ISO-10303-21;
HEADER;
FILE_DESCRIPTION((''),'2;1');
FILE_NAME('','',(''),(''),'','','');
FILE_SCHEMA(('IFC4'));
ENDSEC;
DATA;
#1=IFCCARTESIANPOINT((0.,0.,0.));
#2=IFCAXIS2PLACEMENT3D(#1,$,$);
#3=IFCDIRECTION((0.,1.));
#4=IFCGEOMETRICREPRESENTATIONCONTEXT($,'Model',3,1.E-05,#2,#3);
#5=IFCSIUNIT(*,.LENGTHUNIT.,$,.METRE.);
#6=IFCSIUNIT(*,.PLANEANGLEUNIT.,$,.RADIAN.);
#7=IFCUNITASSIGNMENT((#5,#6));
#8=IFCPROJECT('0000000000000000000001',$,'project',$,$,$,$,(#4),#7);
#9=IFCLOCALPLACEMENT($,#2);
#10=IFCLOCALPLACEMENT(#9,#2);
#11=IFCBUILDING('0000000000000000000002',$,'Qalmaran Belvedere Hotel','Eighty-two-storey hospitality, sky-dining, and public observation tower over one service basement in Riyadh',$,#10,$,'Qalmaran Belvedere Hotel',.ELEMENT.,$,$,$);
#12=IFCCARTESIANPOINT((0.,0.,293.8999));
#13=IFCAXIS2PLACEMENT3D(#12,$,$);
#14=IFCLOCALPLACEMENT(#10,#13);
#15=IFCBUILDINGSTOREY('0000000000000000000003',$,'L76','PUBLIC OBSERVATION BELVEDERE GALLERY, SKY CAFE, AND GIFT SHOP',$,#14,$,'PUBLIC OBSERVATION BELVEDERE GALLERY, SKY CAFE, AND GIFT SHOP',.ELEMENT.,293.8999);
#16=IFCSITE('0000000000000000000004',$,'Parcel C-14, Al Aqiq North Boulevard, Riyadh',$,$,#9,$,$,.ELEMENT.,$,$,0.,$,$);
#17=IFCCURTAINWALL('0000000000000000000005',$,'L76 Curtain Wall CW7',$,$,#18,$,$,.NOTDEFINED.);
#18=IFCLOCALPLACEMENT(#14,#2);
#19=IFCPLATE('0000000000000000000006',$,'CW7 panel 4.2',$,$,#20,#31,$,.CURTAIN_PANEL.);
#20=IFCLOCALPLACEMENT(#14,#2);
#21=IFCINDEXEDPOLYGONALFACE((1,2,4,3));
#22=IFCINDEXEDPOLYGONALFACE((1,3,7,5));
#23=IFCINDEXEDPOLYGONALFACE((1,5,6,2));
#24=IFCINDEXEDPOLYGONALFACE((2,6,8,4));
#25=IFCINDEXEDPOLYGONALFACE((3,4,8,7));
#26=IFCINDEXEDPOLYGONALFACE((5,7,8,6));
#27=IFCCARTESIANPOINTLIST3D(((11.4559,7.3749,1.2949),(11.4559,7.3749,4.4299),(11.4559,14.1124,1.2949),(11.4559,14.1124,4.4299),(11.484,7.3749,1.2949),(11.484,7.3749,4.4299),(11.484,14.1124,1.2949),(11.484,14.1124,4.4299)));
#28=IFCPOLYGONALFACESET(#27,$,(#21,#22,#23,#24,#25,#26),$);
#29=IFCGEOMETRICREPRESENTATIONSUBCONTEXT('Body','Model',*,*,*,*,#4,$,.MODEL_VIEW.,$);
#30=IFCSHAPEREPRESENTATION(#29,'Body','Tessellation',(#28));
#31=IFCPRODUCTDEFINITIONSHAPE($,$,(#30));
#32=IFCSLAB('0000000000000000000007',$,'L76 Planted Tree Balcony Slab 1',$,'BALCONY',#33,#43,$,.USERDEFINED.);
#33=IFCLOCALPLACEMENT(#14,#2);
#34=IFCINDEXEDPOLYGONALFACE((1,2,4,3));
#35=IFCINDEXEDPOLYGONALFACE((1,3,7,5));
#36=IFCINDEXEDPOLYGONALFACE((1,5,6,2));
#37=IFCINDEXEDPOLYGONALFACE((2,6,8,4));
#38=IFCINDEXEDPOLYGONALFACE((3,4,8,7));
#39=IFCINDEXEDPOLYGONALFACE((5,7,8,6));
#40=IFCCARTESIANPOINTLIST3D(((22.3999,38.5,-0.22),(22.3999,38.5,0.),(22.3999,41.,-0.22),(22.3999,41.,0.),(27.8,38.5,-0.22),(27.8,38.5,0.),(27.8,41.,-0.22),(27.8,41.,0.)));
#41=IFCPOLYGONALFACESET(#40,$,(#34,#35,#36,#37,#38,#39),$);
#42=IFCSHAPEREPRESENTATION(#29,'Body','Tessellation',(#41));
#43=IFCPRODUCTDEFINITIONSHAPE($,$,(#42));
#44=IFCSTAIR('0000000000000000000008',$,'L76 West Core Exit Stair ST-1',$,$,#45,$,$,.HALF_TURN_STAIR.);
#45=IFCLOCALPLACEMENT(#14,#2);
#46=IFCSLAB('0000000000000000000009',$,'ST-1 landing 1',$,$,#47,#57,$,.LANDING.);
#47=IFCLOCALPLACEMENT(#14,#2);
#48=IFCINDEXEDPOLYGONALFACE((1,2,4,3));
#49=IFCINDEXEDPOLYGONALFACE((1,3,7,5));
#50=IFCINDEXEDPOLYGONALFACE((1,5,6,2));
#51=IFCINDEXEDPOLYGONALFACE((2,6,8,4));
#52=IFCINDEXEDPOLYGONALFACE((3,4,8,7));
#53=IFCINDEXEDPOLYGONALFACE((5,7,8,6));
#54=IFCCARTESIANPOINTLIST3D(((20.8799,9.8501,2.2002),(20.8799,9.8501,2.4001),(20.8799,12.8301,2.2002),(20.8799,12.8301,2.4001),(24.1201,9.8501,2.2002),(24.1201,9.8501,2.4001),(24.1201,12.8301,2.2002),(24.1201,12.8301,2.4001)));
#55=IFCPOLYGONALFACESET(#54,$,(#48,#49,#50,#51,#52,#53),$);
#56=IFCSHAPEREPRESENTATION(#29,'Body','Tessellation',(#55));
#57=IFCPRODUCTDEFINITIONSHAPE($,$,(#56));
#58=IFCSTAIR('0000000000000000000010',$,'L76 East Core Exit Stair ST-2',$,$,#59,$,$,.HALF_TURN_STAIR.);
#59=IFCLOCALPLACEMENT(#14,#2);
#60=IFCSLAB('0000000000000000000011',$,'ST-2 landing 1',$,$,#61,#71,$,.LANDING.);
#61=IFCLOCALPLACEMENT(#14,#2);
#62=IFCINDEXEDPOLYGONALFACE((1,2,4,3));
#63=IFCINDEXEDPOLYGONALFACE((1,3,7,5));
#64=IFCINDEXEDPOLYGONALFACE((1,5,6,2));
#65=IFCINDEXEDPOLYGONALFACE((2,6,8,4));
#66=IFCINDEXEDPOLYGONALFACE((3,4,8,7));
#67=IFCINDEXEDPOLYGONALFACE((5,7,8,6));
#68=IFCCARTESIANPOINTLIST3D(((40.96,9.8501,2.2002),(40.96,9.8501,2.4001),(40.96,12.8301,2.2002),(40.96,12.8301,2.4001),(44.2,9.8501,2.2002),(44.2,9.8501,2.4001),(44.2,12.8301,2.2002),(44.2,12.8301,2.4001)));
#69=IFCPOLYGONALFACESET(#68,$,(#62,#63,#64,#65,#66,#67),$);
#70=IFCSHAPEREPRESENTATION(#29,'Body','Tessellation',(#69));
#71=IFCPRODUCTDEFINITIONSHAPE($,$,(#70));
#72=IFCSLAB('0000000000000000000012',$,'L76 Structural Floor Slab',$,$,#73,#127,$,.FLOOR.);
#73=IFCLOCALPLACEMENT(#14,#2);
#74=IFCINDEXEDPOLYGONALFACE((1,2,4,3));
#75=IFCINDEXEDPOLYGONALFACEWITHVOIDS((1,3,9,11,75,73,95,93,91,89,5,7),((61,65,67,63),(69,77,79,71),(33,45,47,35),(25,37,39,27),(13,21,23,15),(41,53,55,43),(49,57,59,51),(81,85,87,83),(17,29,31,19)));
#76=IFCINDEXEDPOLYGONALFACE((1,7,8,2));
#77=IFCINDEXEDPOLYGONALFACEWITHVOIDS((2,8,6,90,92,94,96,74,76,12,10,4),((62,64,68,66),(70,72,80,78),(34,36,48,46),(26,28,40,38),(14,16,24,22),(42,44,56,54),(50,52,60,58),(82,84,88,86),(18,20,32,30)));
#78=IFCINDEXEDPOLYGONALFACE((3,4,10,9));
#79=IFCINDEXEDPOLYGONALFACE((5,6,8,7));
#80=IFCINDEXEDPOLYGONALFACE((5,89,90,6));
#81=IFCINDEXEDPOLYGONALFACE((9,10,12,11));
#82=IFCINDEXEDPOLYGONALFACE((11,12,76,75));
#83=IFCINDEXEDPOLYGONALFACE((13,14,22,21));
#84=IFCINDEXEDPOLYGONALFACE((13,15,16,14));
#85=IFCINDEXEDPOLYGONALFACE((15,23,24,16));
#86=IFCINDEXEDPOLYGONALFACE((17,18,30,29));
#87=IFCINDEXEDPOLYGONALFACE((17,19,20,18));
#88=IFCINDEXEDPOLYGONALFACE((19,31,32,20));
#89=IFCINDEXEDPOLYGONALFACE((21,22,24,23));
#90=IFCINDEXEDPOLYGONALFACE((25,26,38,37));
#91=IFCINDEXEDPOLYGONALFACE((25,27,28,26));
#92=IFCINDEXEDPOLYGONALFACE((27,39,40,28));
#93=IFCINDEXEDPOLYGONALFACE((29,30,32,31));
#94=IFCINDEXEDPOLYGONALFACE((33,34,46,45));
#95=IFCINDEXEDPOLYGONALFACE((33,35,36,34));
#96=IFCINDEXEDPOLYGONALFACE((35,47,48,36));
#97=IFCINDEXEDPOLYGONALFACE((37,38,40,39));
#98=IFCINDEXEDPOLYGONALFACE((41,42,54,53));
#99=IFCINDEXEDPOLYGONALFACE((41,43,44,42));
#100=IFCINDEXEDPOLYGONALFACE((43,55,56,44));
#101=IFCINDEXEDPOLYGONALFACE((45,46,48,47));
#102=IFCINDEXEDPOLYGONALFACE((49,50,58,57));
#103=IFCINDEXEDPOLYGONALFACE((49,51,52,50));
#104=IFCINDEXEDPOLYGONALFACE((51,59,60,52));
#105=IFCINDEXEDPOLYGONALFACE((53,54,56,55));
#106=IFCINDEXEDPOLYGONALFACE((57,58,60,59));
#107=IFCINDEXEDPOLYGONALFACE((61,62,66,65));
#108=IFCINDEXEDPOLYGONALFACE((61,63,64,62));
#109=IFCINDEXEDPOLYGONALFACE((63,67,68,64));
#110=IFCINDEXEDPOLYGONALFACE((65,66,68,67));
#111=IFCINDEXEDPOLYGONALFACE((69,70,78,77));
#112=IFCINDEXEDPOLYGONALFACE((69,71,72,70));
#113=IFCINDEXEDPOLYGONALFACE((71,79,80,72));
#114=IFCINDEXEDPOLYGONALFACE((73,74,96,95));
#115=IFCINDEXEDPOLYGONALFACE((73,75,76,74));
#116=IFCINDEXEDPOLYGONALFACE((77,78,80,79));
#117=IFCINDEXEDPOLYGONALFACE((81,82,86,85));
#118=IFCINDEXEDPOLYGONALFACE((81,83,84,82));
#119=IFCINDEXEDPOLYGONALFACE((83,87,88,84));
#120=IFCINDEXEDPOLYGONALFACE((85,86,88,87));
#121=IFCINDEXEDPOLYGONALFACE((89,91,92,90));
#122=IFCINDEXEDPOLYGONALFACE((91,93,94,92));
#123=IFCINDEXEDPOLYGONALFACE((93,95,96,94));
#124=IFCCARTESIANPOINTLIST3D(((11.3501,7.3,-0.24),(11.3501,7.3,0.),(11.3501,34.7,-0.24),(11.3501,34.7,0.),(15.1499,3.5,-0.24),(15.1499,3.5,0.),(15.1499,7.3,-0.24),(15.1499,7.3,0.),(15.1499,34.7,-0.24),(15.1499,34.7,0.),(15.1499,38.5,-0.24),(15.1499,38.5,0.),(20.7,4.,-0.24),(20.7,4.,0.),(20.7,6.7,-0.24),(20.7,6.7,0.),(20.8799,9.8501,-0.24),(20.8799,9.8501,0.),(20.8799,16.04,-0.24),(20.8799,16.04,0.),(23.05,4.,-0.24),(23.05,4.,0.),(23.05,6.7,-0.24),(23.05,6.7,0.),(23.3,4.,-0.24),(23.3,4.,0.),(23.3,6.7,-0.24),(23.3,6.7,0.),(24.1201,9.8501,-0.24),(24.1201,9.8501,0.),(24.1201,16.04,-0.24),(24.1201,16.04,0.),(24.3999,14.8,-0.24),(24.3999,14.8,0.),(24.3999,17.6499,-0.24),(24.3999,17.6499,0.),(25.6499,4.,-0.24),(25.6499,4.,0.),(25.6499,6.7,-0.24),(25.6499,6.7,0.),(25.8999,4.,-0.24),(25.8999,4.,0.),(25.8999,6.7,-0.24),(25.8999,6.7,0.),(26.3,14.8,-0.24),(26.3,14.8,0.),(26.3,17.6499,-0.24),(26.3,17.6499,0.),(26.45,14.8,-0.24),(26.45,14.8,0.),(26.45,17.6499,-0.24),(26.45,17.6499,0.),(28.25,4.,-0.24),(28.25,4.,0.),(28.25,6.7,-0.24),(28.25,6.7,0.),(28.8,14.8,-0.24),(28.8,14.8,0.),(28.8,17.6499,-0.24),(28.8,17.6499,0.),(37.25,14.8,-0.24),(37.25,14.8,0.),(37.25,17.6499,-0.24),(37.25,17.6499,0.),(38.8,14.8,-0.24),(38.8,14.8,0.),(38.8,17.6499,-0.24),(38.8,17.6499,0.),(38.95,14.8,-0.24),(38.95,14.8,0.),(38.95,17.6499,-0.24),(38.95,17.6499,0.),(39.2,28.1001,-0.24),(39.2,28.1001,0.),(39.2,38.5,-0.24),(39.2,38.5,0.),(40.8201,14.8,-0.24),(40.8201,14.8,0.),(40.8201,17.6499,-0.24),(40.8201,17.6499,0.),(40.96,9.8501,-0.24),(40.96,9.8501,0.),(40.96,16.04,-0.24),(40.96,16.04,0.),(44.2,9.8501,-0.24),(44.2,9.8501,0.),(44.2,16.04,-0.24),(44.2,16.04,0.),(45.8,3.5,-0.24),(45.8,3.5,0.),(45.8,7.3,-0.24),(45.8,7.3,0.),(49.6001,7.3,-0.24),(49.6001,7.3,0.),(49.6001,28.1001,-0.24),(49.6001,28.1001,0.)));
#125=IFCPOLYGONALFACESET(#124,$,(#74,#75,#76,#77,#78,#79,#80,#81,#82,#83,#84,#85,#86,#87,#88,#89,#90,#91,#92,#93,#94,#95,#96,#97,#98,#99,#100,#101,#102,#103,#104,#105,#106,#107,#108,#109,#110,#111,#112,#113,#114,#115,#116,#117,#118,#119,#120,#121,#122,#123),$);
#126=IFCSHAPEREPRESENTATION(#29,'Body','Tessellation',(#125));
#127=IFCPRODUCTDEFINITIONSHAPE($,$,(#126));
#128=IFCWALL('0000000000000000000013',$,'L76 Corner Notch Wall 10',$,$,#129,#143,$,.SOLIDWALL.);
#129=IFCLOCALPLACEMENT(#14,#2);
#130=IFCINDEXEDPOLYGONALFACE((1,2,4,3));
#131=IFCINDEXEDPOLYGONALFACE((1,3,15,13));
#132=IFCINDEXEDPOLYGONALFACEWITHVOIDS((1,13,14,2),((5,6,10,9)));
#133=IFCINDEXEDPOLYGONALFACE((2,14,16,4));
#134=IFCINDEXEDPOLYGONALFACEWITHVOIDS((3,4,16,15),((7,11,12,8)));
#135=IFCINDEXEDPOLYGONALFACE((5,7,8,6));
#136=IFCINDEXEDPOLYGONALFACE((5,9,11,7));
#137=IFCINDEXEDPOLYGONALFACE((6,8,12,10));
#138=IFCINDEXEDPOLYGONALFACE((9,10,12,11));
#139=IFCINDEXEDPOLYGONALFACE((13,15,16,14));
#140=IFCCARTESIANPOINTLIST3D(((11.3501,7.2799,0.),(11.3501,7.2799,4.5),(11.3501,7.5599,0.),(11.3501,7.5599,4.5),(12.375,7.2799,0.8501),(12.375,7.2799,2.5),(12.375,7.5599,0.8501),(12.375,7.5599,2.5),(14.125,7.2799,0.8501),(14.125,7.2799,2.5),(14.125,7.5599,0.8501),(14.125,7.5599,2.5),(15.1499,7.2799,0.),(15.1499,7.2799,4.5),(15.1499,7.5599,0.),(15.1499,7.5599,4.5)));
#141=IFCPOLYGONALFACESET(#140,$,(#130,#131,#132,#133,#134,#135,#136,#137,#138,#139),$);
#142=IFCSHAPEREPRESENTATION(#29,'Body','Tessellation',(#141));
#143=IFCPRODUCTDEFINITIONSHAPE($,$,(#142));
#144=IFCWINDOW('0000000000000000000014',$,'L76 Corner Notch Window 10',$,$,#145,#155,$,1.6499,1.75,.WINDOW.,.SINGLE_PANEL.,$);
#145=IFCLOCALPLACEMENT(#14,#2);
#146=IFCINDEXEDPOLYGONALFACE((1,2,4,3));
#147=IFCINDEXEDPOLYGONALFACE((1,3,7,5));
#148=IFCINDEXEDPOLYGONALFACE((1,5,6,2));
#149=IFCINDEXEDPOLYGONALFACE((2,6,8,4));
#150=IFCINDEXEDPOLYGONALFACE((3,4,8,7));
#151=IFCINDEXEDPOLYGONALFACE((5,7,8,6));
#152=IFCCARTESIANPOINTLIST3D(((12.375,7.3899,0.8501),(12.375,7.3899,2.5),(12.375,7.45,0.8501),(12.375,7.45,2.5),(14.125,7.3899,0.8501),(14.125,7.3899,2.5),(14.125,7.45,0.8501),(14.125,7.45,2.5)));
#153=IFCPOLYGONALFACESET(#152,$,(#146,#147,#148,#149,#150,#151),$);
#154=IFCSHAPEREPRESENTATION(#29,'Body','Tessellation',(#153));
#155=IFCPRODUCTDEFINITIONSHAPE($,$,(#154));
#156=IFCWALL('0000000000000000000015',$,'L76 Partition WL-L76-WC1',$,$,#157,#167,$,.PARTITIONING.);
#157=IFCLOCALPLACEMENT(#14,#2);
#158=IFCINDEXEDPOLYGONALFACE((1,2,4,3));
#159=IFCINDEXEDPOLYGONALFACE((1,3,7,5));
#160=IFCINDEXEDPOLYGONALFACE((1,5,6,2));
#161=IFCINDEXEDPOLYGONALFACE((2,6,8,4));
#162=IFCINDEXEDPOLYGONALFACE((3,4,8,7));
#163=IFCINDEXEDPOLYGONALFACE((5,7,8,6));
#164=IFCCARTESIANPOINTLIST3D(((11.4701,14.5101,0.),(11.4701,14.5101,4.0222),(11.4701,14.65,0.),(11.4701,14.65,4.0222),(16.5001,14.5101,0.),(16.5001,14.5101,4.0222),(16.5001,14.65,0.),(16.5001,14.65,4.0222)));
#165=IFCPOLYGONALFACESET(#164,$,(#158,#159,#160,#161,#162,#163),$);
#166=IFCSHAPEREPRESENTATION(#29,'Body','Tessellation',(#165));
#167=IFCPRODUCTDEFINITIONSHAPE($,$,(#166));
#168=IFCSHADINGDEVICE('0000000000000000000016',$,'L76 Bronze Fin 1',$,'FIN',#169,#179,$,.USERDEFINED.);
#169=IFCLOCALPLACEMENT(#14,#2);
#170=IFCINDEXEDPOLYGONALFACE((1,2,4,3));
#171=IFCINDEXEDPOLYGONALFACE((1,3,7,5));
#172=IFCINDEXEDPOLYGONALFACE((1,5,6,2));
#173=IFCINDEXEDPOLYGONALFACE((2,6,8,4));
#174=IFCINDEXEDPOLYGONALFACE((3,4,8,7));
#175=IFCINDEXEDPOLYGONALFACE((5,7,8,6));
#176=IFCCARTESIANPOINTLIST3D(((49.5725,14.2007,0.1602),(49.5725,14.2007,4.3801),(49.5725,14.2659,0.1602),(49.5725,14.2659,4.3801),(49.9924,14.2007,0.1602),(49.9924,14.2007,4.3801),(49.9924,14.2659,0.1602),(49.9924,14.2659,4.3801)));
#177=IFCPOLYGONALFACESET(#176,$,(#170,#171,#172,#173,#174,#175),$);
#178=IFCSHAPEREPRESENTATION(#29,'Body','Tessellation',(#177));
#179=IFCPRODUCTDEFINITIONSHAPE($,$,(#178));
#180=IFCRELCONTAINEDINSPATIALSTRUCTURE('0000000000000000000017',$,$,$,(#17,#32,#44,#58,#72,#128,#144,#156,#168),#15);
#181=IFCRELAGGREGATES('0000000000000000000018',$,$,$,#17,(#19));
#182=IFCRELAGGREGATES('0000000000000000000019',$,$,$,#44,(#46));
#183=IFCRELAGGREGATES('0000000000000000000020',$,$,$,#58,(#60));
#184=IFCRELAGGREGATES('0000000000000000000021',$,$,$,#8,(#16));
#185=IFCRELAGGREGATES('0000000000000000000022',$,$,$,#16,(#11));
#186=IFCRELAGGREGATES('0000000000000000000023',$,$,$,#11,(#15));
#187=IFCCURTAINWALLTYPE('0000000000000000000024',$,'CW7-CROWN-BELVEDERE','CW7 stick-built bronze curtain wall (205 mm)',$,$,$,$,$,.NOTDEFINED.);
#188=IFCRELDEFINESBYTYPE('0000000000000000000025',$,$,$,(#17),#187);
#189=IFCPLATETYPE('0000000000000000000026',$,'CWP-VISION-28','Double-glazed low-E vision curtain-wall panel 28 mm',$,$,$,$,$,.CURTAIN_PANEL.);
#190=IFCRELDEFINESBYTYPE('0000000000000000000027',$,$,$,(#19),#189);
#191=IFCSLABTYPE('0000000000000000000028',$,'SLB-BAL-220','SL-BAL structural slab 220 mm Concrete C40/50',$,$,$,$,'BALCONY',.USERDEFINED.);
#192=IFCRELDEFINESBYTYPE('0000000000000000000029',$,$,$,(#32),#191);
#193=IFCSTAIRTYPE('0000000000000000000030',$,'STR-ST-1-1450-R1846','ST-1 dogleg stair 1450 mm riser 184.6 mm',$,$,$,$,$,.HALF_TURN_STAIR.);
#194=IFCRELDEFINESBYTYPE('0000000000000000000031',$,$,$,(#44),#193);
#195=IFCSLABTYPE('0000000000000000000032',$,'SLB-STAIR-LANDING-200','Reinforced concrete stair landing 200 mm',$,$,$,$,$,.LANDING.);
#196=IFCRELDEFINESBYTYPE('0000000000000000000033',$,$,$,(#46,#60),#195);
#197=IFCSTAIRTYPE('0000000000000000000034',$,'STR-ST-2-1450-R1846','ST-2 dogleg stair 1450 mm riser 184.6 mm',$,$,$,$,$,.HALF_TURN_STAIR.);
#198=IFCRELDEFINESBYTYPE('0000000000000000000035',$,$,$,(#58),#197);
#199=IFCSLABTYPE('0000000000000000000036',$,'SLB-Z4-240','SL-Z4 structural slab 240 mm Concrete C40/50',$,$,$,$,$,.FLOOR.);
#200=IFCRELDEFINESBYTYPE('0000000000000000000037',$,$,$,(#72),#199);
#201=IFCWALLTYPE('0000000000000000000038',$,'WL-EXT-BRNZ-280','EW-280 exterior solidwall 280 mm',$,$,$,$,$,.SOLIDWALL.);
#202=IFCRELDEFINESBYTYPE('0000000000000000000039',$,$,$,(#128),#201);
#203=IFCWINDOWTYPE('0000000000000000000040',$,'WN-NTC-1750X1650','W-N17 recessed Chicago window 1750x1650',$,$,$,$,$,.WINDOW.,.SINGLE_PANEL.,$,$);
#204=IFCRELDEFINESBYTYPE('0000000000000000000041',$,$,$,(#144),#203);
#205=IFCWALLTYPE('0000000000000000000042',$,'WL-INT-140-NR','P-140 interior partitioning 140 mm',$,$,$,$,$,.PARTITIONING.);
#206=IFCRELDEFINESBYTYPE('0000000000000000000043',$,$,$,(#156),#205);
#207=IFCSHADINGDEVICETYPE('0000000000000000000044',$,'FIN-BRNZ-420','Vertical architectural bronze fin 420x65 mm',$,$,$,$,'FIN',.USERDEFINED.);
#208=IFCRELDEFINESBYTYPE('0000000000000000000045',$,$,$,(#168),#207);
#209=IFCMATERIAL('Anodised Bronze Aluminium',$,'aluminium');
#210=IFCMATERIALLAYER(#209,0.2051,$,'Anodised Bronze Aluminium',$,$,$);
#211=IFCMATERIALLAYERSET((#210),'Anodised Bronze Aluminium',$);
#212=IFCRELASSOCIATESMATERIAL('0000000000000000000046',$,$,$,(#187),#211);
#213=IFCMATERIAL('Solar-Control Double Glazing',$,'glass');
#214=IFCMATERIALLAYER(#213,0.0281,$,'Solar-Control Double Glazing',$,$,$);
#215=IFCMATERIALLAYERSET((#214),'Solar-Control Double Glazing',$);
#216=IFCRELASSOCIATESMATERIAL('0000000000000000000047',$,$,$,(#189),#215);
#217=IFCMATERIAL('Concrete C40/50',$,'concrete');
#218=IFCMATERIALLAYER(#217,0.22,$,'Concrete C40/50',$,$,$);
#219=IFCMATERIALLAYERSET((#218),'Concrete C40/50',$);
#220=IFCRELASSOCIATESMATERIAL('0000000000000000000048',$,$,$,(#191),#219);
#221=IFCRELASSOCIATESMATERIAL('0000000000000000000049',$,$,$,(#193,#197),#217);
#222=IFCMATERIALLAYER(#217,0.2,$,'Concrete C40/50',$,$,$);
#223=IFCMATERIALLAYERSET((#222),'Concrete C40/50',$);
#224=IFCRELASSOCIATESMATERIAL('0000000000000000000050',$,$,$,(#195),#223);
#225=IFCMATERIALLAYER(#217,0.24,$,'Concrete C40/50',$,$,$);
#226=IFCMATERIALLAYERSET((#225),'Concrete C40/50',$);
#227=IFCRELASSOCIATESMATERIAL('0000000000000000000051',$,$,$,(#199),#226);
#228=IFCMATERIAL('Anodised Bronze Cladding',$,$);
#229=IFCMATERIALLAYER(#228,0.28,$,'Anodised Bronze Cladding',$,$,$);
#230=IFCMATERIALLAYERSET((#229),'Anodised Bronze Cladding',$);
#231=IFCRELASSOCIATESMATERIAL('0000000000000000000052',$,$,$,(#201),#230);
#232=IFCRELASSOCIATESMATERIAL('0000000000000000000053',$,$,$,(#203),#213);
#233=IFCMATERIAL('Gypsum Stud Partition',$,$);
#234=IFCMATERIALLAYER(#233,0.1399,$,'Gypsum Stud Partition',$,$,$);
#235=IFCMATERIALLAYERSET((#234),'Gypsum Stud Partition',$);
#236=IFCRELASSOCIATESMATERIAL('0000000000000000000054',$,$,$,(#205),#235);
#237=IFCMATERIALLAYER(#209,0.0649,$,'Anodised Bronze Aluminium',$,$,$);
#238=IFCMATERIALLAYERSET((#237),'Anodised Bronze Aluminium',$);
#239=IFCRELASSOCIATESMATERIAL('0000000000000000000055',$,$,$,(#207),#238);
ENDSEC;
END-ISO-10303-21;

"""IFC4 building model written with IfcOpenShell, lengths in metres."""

from ifc_helpers import new_model, si_unit, direction, frame, frame_2d, origin, origin_2d, place, context, subcontext, project, spatial, polyline, rectangle, outline, extrude, material, layer, layer_set, type_object, element, fill, aggregate, save


model = new_model("IFC4")

# Units and contexts
model_context = context("Model", 3, precision=1e-05, world=origin(), true_north=direction((0.0, 1.0)))
body_context = subcontext(model_context, "Body", "Model", "MODEL_VIEW")
ifc_project = project(units=[si_unit("LENGTHUNIT", "METRE"), si_unit("PLANEANGLEUNIT", "RADIAN")], contexts=[model_context])

# Site, building, storey
site_placement = place(None, origin())
site = spatial("IfcSite", under=ifc_project, at=site_placement, Name="Parcel C-14, Al Aqiq North Boulevard, Riyadh", CompositionType="ELEMENT", RefElevation=0.0)
building_placement = place(site_placement, origin())
building = spatial("IfcBuilding", under=site, at=building_placement, Name="Qalmaran Belvedere Hotel", Description="Eighty-two-storey hospitality, sky-dining, and public observation tower over one service basement in Riyadh", LongName="Qalmaran Belvedere Hotel", CompositionType="ELEMENT")
storey_placement = place(building_placement, frame((0.0, 0.0, 293.8999)))
storey = spatial("IfcBuildingStorey", under=building, at=storey_placement, Name="L76", Description="PUBLIC OBSERVATION BELVEDERE GALLERY, SKY CAFE, AND GIFT SHOP", LongName="PUBLIC OBSERVATION BELVEDERE GALLERY, SKY CAFE, AND GIFT SHOP", CompositionType="ELEMENT", Elevation=293.8999)

# Shared definitions
ifc_material_1 = material(Name="Anodised Bronze Aluminium", Category="aluminium")
ifc_layer_1 = layer(ifc_material_1, 0.2051, Name="Anodised Bronze Aluminium")
ifc_layer_set_1 = layer_set([ifc_layer_1], Name="Anodised Bronze Aluminium")
curtain_wall_type = type_object("IfcCurtainWallType", Name="CW7-CROWN-BELVEDERE", Description="CW7 stick-built bronze curtain wall (205 mm)", PredefinedType="NOTDEFINED", material=ifc_layer_set_1)

# Curtain wall
curtain_wall_1_placement = place(storey_placement, origin())
curtain_wall_1 = element("IfcCurtainWall", 1, at=curtain_wall_1_placement, inside=storey, type_object=curtain_wall_type, Name="L76 Curtain Wall CW7", PredefinedType="NOTDEFINED")

# Plate
ifc_material_2 = material(Name="Solar-Control Double Glazing", Category="glass")
ifc_layer_2 = layer(ifc_material_2, 0.0281, Name="Solar-Control Double Glazing")
ifc_layer_set_2 = layer_set([ifc_layer_2], Name="Solar-Control Double Glazing")
plate_type_1 = type_object("IfcPlateType", Name="CWP-VISION-28", Description="Double-glazed low-E vision curtain-wall panel 28 mm", PredefinedType="CURTAIN_PANEL", material=ifc_layer_set_2)
plate_1_placement = place(storey_placement, frame((11.47, 10.7437, 1.2949), z_axis=(0.0, 0.0, 1.0), x_axis=(0.0, -1.0, 0.0)))
plate_1 = element("IfcPlate", 2, at=plate_1_placement, type_object=plate_type_1, Name="CW7 panel 4.2", PredefinedType="CURTAIN_PANEL", context=body_context, shape_type="SweptSolid", body=[
    extrude(rectangle(XDim=6.7375, YDim=0.0281, at=origin_2d()), origin(), (0.0, 0.0, 1.0), 3.135),
])
aggregate(curtain_wall_1, [plate_1])

# Slab
ifc_material_3 = material(Name="Concrete C40/50", Category="concrete")
ifc_layer_3 = layer(ifc_material_3, 0.22, Name="Concrete C40/50")
ifc_layer_set_3 = layer_set([ifc_layer_3], Name="Concrete C40/50")
slab_type_1 = type_object("IfcSlabType", Name="SLB-BAL-220", Description="SL-BAL structural slab 220 mm Concrete C40/50", ElementType="BALCONY", PredefinedType="USERDEFINED", material=ifc_layer_set_3)
slab_1_placement = place(storey_placement, frame((0.0, 0.0, -0.22)))
element("IfcSlab", 3, at=slab_1_placement, inside=storey, type_object=slab_type_1, Name="L76 Planted Tree Balcony Slab 1", ObjectType="BALCONY", PredefinedType="USERDEFINED", context=body_context, shape_type="SweptSolid", body=[
    extrude(outline(polyline([(22.3999, 38.5), (27.8, 38.5), (27.8, 41.0), (22.3999, 41.0), (22.3999, 38.5)])), origin(), (0.0, 0.0, 1.0), 0.22),
])

# Stairs, slabs
stair_type_1 = type_object("IfcStairType", Name="STR-ST-1-1450-R1846", Description="ST-1 dogleg stair 1450 mm riser 184.6 mm", PredefinedType="HALF_TURN_STAIR", material=ifc_material_3)
stair_1_placement = place(storey_placement, origin())
stair_1 = element("IfcStair", 4, at=stair_1_placement, inside=storey, type_object=stair_type_1, Name="L76 West Core Exit Stair ST-1", PredefinedType="HALF_TURN_STAIR")
ifc_layer_4 = layer(ifc_material_3, 0.2, Name="Concrete C40/50")
ifc_layer_set_4 = layer_set([ifc_layer_4], Name="Concrete C40/50")
slab_type_2 = type_object("IfcSlabType", Name="SLB-STAIR-LANDING-200", Description="Reinforced concrete stair landing 200 mm", PredefinedType="LANDING", material=ifc_layer_set_4)
slab_2_placement = place(storey_placement, frame((0.0, 0.0, 2.2002)))
slab_2 = element("IfcSlab", 5, at=slab_2_placement, type_object=slab_type_2, Name="ST-1 landing 1", PredefinedType="LANDING", context=body_context, shape_type="SweptSolid", body=[
    extrude(outline(polyline([(20.8799, 12.8301), (20.8799, 9.8501), (24.1201, 9.8501), (24.1201, 12.8301), (20.8799, 12.8301)])), origin(), (0.0, 0.0, 1.0), 0.2),
])
aggregate(stair_1, [slab_2])
stair_type_2 = type_object("IfcStairType", Name="STR-ST-2-1450-R1846", Description="ST-2 dogleg stair 1450 mm riser 184.6 mm", PredefinedType="HALF_TURN_STAIR", material=ifc_material_3)
stair_2_placement = place(storey_placement, origin())
stair_2 = element("IfcStair", 6, at=stair_2_placement, inside=storey, type_object=stair_type_2, Name="L76 East Core Exit Stair ST-2", PredefinedType="HALF_TURN_STAIR")
slab_3_placement = place(storey_placement, frame((0.0, 0.0, 2.2002)))
slab_3 = element("IfcSlab", 7, at=slab_3_placement, type_object=slab_type_2, Name="ST-2 landing 1", PredefinedType="LANDING", context=body_context, shape_type="SweptSolid", body=[
    extrude(outline(polyline([(40.96, 12.8301), (40.96, 9.8501), (44.2, 9.8501), (44.2, 12.8301), (40.96, 12.8301)])), origin(), (0.0, 0.0, 1.0), 0.2),
])
aggregate(stair_2, [slab_3])

# Slab
ifc_layer_5 = layer(ifc_material_3, 0.24, Name="Concrete C40/50")
ifc_layer_set_5 = layer_set([ifc_layer_5], Name="Concrete C40/50")
slab_type_3 = type_object("IfcSlabType", Name="SLB-Z4-240", Description="SL-Z4 structural slab 240 mm Concrete C40/50", PredefinedType="FLOOR", material=ifc_layer_set_5)
slab_4_placement = place(storey_placement, frame((0.0, 0.0, -0.24)))
element("IfcSlab", 8, at=slab_4_placement, inside=storey, type_object=slab_type_3, Name="L76 Structural Floor Slab", PredefinedType="FLOOR", context=body_context, shape_type="SweptSolid", body=[
    extrude(outline(polyline([(15.1499, 3.5), (45.8, 3.5), (45.8, 7.3), (49.6001, 7.3), (49.6001, 28.1001), (39.2, 28.1001), (39.2, 38.5), (15.1499, 38.5), (15.1499, 34.7), (11.3501, 34.7), (11.3501, 7.3), (15.1499, 7.3), (15.1499, 3.5)]), holes=[polyline([(20.8799, 9.8501), (24.1201, 9.8501), (24.1201, 16.04), (20.8799, 16.04), (20.8799, 9.8501)]), polyline([(40.96, 9.8501), (44.2, 9.8501), (44.2, 16.04), (40.96, 16.04), (40.96, 9.8501)]), polyline([(20.7, 4.0), (23.05, 4.0), (23.05, 6.7), (20.7, 6.7), (20.7, 4.0)]), polyline([(23.3, 4.0), (25.6499, 4.0), (25.6499, 6.7), (23.3, 6.7), (23.3, 4.0)]), polyline([(25.8999, 4.0), (28.25, 4.0), (28.25, 6.7), (25.8999, 6.7), (25.8999, 4.0)]), polyline([(24.3999, 14.8), (26.3, 14.8), (26.3, 17.6499), (24.3999, 17.6499), (24.3999, 14.8)]), polyline([(38.95, 14.8), (40.8201, 14.8), (40.8201, 17.6499), (38.95, 17.6499), (38.95, 14.8)]), polyline([(26.45, 14.8), (28.8, 14.8), (28.8, 17.6499), (26.45, 17.6499), (26.45, 14.8)]), polyline([(37.25, 14.8), (38.8, 14.8), (38.8, 17.6499), (37.25, 17.6499), (37.25, 14.8)])]), origin(), (0.0, 0.0, 1.0), 0.24),
])

# Wall, opening, window
ifc_material_4 = material(Name="Anodised Bronze Cladding")
ifc_layer_6 = layer(ifc_material_4, 0.28, Name="Anodised Bronze Cladding")
ifc_layer_set_6 = layer_set([ifc_layer_6], Name="Anodised Bronze Cladding")
wall_type_1 = type_object("IfcWallType", Name="WL-EXT-BRNZ-280", Description="EW-280 exterior solidwall 280 mm", PredefinedType="SOLIDWALL", material=ifc_layer_set_6)
wall_1_placement = place(storey_placement, frame((11.3501, 7.4199, 0.0), z_axis=(0.0, 0.0, 1.0), x_axis=(1.0, 0.0, 0.0)))
wall_1 = element("IfcWall", 9, at=wall_1_placement, inside=storey, type_object=wall_type_1, Name="L76 Corner Notch Wall 10", PredefinedType="SOLIDWALL", context=body_context, shape_type="SweptSolid", body=[
    extrude(rectangle(XDim=3.7998, YDim=0.28, at=frame_2d((1.8999, 0.0))), origin(), (0.0, 0.0, 1.0), 4.5),
])
opening_placement = place(wall_1_placement, frame((1.0249, 0.0, 0.8501)))
opening = element("IfcOpeningElement", 10, at=opening_placement, cuts=wall_1, PredefinedType="OPENING", context=body_context, shape_type="SweptSolid", body=[
    extrude(rectangle(XDim=1.75, YDim=1.6499, at=frame_2d((0.875, 0.825))), frame((0.0, 0.1499, 0.0), z_axis=(0.0, -1.0, 0.0), x_axis=(1.0, 0.0, 0.0)), (0.0, 0.0, 1.0), 0.3),
])
window_type = type_object("IfcWindowType", Name="WN-NTC-1750X1650", Description="W-N17 recessed Chicago window 1750x1650", PartitioningType="SINGLE_PANEL", PredefinedType="WINDOW", material=ifc_material_2)
window_placement = place(opening_placement, origin())
window = element("IfcWindow", 11, at=window_placement, inside=storey, type_object=window_type, Name="L76 Corner Notch Window 10", OverallHeight=1.6499, OverallWidth=1.75, PartitioningType="SINGLE_PANEL", PredefinedType="WINDOW", context=body_context, shape_type="SweptSolid", body=[
    extrude(rectangle(XDim=1.75, YDim=1.6499, at=frame_2d((0.875, 0.825))), frame((0.0, 0.03, 0.0), z_axis=(0.0, -1.0, 0.0), x_axis=(1.0, 0.0, 0.0)), (0.0, 0.0, 1.0), 0.0601),
])
fill(opening, window)

# Wall
ifc_material_5 = material(Name="Gypsum Stud Partition")
ifc_layer_7 = layer(ifc_material_5, 0.1399, Name="Gypsum Stud Partition")
ifc_layer_set_7 = layer_set([ifc_layer_7], Name="Gypsum Stud Partition")
wall_type_2 = type_object("IfcWallType", Name="WL-INT-140-NR", Description="P-140 interior partitioning 140 mm", PredefinedType="PARTITIONING", material=ifc_layer_set_7)
wall_2_placement = place(storey_placement, frame((11.47, 14.5801, 0.0), z_axis=(0.0, 0.0, 1.0), x_axis=(1.0, 0.0, 0.0)))
element("IfcWall", 12, at=wall_2_placement, inside=storey, type_object=wall_type_2, Name="L76 Partition WL-L76-WC1", PredefinedType="PARTITIONING", context=body_context, shape_type="SweptSolid", body=[
    extrude(rectangle(XDim=5.03, YDim=0.1399, at=frame_2d((2.5151, 0.0))), origin(), (0.0, 0.0, 1.0), 4.0222),
])

# Shading device
ifc_layer_8 = layer(ifc_material_1, 0.0649, Name="Anodised Bronze Aluminium")
ifc_layer_set_8 = layer_set([ifc_layer_8], Name="Anodised Bronze Aluminium")
shading_device_type = type_object("IfcShadingDeviceType", Name="FIN-BRNZ-420", Description="Vertical architectural bronze fin 420x65 mm", ElementType="FIN", PredefinedType="USERDEFINED", material=ifc_layer_set_8)
shading_device_1_placement = place(storey_placement, frame((0.0, 0.0, 0.1602)))
element("IfcShadingDevice", 13, at=shading_device_1_placement, inside=storey, type_object=shading_device_type, Name="L76 Bronze Fin 1", ObjectType="FIN", PredefinedType="USERDEFINED", context=body_context, shape_type="SweptSolid", body=[
    extrude(outline(polyline([(49.5725, 14.2007), (49.9924, 14.2007), (49.9924, 14.2659), (49.5725, 14.2659), (49.5725, 14.2007)])), origin(), (0.0, 0.0, 1.0), 4.22),
])

save(model, "model.ifc")
